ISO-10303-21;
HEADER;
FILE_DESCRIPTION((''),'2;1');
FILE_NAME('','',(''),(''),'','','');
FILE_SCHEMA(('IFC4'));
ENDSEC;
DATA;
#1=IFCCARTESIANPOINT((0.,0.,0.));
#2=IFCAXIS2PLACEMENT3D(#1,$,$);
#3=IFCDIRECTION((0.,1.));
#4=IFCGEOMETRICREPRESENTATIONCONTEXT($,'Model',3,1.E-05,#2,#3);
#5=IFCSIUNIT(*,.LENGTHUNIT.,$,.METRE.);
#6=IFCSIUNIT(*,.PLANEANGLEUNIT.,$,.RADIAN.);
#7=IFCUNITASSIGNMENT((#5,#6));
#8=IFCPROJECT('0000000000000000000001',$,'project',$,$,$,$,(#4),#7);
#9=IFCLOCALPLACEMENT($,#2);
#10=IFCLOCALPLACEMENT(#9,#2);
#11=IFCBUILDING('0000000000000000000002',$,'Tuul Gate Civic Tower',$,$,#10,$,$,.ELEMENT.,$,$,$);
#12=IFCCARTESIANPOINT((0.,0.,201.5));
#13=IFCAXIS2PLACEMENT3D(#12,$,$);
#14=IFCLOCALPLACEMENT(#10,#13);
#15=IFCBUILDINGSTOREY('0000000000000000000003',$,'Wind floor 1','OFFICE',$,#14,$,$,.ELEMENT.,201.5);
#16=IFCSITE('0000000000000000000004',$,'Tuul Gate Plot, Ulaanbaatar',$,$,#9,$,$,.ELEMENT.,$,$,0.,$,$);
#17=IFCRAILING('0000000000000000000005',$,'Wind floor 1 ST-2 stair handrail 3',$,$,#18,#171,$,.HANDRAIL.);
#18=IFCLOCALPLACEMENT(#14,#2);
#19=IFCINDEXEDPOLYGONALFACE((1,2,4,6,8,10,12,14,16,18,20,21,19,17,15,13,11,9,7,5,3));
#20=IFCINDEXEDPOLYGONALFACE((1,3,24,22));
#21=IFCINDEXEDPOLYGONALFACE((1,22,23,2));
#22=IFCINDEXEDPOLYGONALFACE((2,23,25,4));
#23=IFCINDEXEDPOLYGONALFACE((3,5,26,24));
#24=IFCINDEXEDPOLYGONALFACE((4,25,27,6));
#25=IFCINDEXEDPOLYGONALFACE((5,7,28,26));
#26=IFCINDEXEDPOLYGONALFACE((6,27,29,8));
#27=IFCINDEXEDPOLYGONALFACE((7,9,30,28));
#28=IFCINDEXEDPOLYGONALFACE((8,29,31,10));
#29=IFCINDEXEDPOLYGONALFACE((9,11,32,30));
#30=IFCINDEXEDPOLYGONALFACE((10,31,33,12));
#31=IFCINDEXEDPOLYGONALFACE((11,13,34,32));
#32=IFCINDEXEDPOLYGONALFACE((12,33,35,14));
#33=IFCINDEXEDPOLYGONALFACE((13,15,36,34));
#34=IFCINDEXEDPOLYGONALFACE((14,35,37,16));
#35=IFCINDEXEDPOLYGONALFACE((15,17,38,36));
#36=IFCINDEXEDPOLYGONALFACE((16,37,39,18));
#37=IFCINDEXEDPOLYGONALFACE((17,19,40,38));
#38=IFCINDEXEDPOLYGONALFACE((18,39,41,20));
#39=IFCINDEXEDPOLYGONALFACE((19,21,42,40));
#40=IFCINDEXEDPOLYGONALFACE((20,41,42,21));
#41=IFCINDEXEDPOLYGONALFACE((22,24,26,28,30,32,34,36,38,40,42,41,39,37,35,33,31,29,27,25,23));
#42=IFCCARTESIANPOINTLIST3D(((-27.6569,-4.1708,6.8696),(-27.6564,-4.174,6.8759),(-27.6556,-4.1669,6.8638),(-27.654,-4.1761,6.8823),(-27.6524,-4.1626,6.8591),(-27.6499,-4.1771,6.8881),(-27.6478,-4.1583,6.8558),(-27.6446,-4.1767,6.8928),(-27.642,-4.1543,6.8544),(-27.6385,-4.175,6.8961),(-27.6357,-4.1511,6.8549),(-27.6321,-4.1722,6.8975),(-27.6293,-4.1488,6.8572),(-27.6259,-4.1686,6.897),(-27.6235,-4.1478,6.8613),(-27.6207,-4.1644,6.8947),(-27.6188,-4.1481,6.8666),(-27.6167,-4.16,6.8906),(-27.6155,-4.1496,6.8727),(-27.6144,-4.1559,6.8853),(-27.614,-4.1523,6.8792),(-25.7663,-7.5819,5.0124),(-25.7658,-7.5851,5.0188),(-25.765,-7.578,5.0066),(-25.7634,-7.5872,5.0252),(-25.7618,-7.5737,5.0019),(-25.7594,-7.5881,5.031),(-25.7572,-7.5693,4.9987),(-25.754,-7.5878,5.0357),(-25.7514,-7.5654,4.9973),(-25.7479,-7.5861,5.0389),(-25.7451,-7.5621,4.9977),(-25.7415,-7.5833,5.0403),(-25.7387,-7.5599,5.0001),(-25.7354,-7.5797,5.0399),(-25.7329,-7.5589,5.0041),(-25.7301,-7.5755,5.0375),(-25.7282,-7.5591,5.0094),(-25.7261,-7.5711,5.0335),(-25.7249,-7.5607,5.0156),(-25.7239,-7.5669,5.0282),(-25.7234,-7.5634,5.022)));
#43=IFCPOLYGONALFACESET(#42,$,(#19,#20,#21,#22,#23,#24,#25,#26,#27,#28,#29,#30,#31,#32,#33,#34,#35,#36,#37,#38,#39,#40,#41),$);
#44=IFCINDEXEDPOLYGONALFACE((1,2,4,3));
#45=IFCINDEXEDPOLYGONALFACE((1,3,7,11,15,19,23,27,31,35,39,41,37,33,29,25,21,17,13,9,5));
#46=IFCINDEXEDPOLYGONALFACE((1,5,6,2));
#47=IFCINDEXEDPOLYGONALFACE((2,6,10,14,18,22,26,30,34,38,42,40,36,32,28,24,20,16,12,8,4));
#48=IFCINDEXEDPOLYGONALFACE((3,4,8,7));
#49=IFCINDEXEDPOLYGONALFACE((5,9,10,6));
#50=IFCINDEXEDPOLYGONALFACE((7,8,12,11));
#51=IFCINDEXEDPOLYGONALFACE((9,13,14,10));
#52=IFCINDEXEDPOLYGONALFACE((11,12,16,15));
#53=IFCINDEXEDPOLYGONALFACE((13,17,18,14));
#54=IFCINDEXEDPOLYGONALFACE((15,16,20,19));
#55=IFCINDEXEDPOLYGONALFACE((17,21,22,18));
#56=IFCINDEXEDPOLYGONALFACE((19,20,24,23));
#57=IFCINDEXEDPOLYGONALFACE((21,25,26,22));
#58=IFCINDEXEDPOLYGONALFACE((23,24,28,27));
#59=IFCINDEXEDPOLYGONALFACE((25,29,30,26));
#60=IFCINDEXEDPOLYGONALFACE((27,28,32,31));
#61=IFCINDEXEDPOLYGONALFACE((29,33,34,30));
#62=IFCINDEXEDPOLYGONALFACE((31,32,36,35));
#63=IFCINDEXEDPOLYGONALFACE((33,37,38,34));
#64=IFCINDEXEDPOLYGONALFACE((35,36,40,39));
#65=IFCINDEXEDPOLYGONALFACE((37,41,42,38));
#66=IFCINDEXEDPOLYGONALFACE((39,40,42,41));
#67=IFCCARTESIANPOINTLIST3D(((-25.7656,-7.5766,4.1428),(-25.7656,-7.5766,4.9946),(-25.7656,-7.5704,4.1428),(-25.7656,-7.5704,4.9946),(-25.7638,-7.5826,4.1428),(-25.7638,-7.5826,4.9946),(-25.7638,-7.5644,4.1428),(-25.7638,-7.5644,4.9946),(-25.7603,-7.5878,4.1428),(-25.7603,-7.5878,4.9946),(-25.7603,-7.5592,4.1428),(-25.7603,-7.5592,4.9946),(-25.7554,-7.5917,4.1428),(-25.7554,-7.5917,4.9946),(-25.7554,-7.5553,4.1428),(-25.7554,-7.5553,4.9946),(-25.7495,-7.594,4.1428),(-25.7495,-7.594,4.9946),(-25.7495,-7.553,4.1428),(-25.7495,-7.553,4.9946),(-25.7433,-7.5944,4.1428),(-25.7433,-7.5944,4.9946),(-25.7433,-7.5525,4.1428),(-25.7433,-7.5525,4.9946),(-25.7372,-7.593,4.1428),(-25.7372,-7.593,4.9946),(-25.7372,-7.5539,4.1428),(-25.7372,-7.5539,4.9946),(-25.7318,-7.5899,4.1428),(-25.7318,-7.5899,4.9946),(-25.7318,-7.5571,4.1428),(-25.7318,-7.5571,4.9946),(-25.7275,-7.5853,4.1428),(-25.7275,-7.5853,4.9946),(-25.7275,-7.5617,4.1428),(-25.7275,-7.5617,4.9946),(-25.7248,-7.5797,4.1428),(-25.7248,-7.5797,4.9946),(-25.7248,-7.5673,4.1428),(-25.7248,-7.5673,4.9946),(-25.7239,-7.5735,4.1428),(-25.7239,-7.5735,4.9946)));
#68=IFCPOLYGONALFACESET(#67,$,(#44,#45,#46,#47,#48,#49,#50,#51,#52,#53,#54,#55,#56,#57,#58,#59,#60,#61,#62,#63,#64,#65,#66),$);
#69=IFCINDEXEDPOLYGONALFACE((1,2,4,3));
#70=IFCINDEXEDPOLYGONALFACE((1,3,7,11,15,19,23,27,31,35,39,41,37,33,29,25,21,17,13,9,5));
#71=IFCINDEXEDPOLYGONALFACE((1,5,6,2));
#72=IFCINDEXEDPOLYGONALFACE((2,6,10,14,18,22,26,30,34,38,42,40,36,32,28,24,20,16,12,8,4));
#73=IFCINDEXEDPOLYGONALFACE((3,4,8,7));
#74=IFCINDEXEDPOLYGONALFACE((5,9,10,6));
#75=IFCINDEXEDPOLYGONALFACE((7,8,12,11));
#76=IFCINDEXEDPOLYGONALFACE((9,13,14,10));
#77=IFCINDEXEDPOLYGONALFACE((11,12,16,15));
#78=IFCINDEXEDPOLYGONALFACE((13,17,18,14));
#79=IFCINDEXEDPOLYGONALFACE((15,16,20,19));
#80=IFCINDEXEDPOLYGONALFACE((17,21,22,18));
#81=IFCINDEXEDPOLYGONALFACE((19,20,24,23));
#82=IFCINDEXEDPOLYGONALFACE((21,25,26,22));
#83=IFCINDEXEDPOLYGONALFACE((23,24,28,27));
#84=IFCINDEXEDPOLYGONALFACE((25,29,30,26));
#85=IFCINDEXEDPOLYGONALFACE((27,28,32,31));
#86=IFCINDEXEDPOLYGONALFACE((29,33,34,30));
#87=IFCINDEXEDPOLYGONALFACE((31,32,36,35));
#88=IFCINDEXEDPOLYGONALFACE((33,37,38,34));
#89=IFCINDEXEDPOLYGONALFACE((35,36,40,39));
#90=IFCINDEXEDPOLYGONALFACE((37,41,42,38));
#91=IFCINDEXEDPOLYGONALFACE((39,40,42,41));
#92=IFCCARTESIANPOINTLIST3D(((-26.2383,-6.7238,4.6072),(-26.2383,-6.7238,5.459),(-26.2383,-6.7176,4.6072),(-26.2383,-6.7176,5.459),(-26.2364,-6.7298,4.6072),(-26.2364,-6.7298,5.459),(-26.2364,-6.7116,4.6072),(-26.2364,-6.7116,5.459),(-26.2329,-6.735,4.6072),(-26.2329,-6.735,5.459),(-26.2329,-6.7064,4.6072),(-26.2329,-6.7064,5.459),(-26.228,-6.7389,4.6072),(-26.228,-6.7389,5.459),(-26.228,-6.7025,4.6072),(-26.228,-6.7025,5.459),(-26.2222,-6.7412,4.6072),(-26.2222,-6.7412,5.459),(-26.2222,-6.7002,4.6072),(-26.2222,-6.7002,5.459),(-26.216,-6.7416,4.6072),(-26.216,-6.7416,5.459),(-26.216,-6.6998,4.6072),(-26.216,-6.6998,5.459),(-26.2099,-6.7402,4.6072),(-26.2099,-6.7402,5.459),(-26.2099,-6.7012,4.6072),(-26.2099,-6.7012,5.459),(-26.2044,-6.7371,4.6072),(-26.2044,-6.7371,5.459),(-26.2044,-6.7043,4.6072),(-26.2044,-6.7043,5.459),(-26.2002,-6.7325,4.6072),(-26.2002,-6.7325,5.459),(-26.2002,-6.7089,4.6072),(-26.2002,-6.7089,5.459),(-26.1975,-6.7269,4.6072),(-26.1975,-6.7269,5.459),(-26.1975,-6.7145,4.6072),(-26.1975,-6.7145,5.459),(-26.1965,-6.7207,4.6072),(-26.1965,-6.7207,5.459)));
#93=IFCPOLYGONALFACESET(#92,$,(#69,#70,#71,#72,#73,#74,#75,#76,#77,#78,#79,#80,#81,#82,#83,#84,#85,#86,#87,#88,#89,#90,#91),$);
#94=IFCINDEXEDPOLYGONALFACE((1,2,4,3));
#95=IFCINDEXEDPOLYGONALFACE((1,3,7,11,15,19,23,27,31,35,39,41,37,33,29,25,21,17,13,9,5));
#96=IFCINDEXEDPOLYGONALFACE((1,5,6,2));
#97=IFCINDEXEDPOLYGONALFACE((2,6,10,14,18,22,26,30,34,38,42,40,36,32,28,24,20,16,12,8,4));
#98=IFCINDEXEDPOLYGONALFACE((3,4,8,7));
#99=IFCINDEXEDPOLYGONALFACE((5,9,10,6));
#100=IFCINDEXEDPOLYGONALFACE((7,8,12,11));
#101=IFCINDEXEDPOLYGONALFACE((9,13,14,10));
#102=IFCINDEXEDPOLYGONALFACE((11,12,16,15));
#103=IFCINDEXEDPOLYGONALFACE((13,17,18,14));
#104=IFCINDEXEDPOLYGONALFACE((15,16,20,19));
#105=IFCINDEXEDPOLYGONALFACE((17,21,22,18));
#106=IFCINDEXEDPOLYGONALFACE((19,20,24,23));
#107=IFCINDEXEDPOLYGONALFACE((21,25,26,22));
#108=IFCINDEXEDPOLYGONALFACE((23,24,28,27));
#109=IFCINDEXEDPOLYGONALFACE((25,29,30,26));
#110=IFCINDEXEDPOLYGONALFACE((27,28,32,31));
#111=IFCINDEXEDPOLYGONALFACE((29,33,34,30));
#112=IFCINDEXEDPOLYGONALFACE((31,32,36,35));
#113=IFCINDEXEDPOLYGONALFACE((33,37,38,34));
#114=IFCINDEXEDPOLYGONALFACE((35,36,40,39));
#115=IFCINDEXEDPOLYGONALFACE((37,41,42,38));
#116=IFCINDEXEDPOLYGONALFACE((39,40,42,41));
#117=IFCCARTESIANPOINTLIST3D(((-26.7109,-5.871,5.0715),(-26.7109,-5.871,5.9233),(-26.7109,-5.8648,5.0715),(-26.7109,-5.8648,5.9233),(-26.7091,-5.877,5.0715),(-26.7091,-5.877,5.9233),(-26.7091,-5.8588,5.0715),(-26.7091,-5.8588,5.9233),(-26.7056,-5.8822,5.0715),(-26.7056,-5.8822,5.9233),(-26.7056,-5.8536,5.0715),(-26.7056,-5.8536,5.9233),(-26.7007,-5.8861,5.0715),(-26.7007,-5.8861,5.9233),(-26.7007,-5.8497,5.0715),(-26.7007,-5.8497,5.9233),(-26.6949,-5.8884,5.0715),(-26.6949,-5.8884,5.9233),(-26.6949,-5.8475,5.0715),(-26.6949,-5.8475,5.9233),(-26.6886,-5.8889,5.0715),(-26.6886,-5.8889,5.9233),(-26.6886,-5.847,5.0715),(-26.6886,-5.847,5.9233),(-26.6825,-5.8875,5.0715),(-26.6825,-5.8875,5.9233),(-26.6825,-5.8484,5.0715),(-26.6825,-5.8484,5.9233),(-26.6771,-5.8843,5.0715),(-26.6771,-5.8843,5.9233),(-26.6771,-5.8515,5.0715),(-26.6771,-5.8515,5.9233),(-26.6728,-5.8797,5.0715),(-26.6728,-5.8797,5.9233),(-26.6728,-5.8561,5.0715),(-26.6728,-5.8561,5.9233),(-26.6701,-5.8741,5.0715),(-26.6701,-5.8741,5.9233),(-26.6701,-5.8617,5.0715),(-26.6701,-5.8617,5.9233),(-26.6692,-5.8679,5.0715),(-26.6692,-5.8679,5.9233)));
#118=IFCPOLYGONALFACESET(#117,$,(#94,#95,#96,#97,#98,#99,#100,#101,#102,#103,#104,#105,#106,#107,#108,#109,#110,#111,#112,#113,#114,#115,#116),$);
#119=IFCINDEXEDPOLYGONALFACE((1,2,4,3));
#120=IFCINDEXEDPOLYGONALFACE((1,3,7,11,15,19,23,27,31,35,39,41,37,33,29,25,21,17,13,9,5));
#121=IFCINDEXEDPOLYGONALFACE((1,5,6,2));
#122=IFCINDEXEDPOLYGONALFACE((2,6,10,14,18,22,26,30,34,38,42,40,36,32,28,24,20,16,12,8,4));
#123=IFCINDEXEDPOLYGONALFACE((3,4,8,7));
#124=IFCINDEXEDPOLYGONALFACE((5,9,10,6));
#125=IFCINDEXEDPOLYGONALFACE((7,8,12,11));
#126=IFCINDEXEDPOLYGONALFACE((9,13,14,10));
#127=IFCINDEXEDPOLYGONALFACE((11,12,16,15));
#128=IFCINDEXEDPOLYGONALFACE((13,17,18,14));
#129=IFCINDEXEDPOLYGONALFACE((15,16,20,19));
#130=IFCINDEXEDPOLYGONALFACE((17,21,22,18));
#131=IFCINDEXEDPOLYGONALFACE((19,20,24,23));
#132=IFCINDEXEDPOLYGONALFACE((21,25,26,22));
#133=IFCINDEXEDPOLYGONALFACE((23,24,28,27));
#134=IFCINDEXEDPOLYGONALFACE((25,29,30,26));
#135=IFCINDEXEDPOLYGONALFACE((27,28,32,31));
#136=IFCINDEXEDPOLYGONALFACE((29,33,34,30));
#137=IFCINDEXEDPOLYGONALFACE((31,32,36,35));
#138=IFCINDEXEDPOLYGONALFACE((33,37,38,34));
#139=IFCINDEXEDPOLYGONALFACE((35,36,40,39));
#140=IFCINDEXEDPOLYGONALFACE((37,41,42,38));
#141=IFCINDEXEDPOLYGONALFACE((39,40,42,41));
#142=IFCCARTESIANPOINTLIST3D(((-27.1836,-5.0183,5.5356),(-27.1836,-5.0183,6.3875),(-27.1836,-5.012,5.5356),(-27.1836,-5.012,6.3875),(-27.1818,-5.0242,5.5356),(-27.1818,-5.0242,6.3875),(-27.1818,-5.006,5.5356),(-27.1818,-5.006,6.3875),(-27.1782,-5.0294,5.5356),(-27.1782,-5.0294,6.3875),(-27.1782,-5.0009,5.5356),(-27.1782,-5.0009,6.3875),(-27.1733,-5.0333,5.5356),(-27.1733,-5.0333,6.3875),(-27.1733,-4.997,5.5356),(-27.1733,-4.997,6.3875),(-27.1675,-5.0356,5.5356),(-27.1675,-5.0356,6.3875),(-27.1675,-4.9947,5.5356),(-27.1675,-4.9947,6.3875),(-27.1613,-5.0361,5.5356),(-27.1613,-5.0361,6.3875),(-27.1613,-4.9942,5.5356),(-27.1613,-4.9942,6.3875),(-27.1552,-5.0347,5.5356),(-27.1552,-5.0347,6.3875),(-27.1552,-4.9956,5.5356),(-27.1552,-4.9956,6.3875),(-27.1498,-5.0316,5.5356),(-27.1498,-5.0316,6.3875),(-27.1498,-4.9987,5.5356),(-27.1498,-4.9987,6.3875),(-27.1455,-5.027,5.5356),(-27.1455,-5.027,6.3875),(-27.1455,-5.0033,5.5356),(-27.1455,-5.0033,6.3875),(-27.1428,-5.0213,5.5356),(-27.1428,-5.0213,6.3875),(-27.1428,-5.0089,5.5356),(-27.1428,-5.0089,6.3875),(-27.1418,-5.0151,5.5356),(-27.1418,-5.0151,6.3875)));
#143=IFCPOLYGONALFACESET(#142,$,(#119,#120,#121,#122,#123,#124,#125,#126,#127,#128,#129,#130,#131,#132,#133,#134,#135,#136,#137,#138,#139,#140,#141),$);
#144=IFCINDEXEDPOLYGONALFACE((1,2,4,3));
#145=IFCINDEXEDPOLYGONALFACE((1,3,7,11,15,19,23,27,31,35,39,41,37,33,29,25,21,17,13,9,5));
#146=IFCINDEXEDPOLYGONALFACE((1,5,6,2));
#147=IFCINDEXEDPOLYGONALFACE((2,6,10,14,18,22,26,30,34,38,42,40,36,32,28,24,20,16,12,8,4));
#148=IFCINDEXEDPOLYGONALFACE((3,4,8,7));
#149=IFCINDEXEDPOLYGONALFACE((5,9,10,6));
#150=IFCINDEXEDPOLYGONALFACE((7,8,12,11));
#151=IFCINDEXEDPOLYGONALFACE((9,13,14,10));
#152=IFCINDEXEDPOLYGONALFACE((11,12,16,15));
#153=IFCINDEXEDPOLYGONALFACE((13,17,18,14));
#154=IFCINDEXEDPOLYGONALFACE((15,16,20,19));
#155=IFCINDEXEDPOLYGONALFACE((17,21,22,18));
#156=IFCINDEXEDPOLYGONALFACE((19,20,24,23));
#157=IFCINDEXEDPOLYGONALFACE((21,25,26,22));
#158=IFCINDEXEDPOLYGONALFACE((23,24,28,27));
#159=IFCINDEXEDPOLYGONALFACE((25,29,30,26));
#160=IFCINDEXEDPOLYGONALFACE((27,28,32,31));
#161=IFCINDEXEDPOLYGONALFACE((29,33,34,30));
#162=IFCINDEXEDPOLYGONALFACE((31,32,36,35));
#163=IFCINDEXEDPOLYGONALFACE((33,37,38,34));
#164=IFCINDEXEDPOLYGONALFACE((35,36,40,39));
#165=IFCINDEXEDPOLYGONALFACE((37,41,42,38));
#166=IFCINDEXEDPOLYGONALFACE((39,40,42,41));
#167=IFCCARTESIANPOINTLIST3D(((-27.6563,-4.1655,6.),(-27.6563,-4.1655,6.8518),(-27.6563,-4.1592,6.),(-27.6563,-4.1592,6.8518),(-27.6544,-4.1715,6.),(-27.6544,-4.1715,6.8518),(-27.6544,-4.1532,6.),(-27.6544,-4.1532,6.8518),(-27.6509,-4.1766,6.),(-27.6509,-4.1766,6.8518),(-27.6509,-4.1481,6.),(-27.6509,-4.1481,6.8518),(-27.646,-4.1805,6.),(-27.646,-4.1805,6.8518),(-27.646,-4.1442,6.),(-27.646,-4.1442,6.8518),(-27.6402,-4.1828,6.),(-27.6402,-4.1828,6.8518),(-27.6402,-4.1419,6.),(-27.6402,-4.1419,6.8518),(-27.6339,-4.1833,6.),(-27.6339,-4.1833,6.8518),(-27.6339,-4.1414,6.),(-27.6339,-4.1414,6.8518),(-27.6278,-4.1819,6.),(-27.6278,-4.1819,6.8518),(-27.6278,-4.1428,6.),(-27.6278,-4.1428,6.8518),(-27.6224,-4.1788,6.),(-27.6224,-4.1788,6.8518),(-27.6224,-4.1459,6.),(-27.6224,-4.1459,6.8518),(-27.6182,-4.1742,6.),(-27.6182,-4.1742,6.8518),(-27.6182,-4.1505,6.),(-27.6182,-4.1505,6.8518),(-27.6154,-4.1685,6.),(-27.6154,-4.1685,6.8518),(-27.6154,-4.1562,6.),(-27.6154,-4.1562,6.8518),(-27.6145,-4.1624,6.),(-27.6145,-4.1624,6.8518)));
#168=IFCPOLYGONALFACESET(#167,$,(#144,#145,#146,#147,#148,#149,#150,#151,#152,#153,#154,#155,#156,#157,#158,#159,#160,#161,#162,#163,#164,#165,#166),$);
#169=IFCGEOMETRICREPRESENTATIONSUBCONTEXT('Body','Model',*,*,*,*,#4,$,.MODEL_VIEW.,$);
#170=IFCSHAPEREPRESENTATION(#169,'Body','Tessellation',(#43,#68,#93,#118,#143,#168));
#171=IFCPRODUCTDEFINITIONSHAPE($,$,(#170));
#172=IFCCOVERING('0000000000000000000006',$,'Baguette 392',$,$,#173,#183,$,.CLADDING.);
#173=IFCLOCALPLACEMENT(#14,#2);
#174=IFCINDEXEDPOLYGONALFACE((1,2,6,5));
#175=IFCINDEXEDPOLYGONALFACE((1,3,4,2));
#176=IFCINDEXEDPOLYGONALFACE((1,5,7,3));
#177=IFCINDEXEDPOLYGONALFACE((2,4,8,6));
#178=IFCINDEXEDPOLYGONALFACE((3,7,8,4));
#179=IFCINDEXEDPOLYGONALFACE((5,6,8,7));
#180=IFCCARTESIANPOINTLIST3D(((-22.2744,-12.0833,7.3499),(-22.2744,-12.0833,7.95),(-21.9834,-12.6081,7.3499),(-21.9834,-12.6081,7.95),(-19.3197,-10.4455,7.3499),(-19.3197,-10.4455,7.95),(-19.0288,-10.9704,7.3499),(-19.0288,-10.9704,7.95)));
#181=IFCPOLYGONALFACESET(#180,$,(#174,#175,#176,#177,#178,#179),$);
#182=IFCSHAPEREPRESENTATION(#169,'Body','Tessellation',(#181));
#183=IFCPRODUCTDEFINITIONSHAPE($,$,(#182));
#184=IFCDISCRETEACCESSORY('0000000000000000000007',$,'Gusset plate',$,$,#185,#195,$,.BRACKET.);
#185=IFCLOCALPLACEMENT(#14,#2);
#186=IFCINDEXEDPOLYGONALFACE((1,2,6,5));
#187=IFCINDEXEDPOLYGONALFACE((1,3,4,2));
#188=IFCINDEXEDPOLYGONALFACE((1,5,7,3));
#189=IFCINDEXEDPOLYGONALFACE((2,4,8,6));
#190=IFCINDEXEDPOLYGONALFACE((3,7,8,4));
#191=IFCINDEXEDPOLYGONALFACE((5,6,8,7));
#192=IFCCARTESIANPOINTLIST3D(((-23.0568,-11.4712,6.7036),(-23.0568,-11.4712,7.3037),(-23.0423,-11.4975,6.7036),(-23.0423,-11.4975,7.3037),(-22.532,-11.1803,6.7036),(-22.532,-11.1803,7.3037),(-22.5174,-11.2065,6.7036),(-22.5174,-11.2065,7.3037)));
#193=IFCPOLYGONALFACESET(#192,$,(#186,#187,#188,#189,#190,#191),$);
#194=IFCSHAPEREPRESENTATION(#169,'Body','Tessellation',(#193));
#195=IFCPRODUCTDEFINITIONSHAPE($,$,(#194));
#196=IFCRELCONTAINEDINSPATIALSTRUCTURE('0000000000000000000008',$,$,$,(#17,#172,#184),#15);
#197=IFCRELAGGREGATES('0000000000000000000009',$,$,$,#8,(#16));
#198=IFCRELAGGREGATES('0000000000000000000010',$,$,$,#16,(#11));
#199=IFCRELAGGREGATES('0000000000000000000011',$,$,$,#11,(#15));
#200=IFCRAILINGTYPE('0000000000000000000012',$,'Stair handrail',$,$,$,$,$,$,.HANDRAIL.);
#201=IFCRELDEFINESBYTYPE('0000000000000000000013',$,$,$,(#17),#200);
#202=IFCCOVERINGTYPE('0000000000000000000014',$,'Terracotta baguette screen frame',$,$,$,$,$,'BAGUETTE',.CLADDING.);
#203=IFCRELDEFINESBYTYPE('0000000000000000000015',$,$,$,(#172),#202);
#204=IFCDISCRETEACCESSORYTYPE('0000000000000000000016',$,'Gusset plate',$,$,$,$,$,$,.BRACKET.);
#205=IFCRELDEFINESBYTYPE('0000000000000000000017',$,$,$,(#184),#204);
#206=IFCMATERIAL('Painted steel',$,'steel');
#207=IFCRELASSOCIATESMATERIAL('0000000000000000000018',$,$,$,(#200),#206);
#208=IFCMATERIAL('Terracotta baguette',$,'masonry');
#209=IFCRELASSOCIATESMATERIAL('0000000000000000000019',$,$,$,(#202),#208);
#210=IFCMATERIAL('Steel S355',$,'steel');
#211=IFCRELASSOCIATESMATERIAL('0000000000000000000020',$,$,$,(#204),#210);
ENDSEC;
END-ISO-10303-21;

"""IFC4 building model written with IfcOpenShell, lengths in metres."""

from ifc_helpers import new_model, si_unit, direction, frame, origin, origin_2d, place, context, subcontext, project, spatial, rectangle, circle, extrude, material, material_profile, profile_set, type_object, element, save


model = new_model("IFC4")

# Units and contexts
model_context = context("Model", 3, precision=1e-05, world=origin(), true_north=direction((0.0, 1.0)))
body_context = subcontext(model_context, "Body", "Model", "MODEL_VIEW")
ifc_project = project(units=[si_unit("LENGTHUNIT", "METRE"), si_unit("PLANEANGLEUNIT", "RADIAN")], contexts=[model_context])

# Site, building, storey
site_placement = place(None, origin())
site = spatial("IfcSite", under=ifc_project, at=site_placement, Name="Tuul Gate Plot, Ulaanbaatar", CompositionType="ELEMENT", RefElevation=0.0)
building_placement = place(site_placement, origin())
building = spatial("IfcBuilding", under=site, at=building_placement, Name="Tuul Gate Civic Tower", CompositionType="ELEMENT")
storey_placement = place(building_placement, frame((0.0, 0.0, 201.5)))
storey = spatial("IfcBuildingStorey", under=building, at=storey_placement, Name="Wind floor 1", Description="OFFICE", CompositionType="ELEMENT", Elevation=201.5)

# Railing
ifc_material_1 = material(Name="Painted steel", Category="steel")
railing_type = type_object("IfcRailingType", Name="Stair handrail", PredefinedType="HANDRAIL", material=ifc_material_1)
for number, where, name in (
    (1, (-25.7449, -7.5735, 4.1428), "Wind floor 1 ST-2 stair handrail 3"),
):
    element("IfcRailing", number, at=place(storey_placement, frame(where)), inside=storey, type_object=railing_type, Name=name, PredefinedType="HANDRAIL", context=body_context, shape_type="SweptSolid", body=[
        extrude(circle(Radius=0.0239, at=origin_2d()), frame((0.0, 0.0, 0.876), z_axis=(-0.43768, 0.789678, 0.429937), x_axis=(-0.874641, -0.484771, 0.0)), (0.0, 0.0, 1.0), 4.3196),
        extrude(circle(Radius=0.021, at=origin_2d()), origin(), (0.0, 0.0, 1.0), 0.8518),
        extrude(circle(Radius=0.021, at=origin_2d()), frame((-0.4727, 0.8528, 0.4644)), (0.0, 0.0, 1.0), 0.8518),
        extrude(circle(Radius=0.021, at=origin_2d()), frame((-0.9453, 1.7056, 0.9287)), (0.0, 0.0, 1.0), 0.8518),
        extrude(circle(Radius=0.021, at=origin_2d()), frame((-1.418, 2.5583, 1.3928)), (0.0, 0.0, 1.0), 0.8518),
        extrude(circle(Radius=0.021, at=origin_2d()), frame((-1.8906, 3.4111, 1.8572)), (0.0, 0.0, 1.0), 0.8518),
    ])

# Covering
ifc_material_2 = material(Name="Terracotta baguette", Category="masonry")
ifc_material_profile_1 = material_profile(ifc_material_2, rectangle(XDim=0.6001, YDim=0.6001, at=origin_2d()), Name="Terracotta baguette screen frame")
ifc_profile_set_1 = profile_set([ifc_material_profile_1], Name="Terracotta baguette")
covering_type = type_object("IfcCoveringType", Name="Terracotta baguette screen frame", ElementType="BAGUETTE", PredefinedType="CLADDING", material=ifc_profile_set_1)
covering_placement = place(storey_placement, frame((-22.1289, -12.3457, 7.6499), z_axis=(0.874627, 0.484796, 0.0), x_axis=(-0.484796, 0.874627, 0.0)))
element("IfcCovering", 2, at=covering_placement, inside=storey, type_object=covering_type, Name="Baguette 392", PredefinedType="CLADDING", context=body_context, shape_type="SweptSolid", body=[
    extrude(rectangle(XDim=0.6001, YDim=0.6001, at=origin_2d()), origin(), (0.0, 0.0, 1.0), 3.3782),
])

# Discrete accessory
ifc_material_3 = material(Name="Steel S355", Category="steel")
discrete_accessory_type = type_object("IfcDiscreteAccessoryType", Name="Gusset plate", PredefinedType="BRACKET", material=ifc_material_3)
discrete_accessory_placement = place(storey_placement, frame((-22.7871, -11.3389, 6.7036), z_axis=(0.0, 0.0, 1.0), x_axis=(0.874598, 0.484849, 0.0)))
element("IfcDiscreteAccessory", 3, at=discrete_accessory_placement, inside=storey, type_object=discrete_accessory_type, Name="Gusset plate", PredefinedType="BRACKET", context=body_context, shape_type="SweptSolid", body=[
    extrude(rectangle(XDim=0.6001, YDim=0.03, at=origin_2d()), origin(), (0.0, 0.0, 1.0), 0.6001),
])

save(model, "model.ifc")
